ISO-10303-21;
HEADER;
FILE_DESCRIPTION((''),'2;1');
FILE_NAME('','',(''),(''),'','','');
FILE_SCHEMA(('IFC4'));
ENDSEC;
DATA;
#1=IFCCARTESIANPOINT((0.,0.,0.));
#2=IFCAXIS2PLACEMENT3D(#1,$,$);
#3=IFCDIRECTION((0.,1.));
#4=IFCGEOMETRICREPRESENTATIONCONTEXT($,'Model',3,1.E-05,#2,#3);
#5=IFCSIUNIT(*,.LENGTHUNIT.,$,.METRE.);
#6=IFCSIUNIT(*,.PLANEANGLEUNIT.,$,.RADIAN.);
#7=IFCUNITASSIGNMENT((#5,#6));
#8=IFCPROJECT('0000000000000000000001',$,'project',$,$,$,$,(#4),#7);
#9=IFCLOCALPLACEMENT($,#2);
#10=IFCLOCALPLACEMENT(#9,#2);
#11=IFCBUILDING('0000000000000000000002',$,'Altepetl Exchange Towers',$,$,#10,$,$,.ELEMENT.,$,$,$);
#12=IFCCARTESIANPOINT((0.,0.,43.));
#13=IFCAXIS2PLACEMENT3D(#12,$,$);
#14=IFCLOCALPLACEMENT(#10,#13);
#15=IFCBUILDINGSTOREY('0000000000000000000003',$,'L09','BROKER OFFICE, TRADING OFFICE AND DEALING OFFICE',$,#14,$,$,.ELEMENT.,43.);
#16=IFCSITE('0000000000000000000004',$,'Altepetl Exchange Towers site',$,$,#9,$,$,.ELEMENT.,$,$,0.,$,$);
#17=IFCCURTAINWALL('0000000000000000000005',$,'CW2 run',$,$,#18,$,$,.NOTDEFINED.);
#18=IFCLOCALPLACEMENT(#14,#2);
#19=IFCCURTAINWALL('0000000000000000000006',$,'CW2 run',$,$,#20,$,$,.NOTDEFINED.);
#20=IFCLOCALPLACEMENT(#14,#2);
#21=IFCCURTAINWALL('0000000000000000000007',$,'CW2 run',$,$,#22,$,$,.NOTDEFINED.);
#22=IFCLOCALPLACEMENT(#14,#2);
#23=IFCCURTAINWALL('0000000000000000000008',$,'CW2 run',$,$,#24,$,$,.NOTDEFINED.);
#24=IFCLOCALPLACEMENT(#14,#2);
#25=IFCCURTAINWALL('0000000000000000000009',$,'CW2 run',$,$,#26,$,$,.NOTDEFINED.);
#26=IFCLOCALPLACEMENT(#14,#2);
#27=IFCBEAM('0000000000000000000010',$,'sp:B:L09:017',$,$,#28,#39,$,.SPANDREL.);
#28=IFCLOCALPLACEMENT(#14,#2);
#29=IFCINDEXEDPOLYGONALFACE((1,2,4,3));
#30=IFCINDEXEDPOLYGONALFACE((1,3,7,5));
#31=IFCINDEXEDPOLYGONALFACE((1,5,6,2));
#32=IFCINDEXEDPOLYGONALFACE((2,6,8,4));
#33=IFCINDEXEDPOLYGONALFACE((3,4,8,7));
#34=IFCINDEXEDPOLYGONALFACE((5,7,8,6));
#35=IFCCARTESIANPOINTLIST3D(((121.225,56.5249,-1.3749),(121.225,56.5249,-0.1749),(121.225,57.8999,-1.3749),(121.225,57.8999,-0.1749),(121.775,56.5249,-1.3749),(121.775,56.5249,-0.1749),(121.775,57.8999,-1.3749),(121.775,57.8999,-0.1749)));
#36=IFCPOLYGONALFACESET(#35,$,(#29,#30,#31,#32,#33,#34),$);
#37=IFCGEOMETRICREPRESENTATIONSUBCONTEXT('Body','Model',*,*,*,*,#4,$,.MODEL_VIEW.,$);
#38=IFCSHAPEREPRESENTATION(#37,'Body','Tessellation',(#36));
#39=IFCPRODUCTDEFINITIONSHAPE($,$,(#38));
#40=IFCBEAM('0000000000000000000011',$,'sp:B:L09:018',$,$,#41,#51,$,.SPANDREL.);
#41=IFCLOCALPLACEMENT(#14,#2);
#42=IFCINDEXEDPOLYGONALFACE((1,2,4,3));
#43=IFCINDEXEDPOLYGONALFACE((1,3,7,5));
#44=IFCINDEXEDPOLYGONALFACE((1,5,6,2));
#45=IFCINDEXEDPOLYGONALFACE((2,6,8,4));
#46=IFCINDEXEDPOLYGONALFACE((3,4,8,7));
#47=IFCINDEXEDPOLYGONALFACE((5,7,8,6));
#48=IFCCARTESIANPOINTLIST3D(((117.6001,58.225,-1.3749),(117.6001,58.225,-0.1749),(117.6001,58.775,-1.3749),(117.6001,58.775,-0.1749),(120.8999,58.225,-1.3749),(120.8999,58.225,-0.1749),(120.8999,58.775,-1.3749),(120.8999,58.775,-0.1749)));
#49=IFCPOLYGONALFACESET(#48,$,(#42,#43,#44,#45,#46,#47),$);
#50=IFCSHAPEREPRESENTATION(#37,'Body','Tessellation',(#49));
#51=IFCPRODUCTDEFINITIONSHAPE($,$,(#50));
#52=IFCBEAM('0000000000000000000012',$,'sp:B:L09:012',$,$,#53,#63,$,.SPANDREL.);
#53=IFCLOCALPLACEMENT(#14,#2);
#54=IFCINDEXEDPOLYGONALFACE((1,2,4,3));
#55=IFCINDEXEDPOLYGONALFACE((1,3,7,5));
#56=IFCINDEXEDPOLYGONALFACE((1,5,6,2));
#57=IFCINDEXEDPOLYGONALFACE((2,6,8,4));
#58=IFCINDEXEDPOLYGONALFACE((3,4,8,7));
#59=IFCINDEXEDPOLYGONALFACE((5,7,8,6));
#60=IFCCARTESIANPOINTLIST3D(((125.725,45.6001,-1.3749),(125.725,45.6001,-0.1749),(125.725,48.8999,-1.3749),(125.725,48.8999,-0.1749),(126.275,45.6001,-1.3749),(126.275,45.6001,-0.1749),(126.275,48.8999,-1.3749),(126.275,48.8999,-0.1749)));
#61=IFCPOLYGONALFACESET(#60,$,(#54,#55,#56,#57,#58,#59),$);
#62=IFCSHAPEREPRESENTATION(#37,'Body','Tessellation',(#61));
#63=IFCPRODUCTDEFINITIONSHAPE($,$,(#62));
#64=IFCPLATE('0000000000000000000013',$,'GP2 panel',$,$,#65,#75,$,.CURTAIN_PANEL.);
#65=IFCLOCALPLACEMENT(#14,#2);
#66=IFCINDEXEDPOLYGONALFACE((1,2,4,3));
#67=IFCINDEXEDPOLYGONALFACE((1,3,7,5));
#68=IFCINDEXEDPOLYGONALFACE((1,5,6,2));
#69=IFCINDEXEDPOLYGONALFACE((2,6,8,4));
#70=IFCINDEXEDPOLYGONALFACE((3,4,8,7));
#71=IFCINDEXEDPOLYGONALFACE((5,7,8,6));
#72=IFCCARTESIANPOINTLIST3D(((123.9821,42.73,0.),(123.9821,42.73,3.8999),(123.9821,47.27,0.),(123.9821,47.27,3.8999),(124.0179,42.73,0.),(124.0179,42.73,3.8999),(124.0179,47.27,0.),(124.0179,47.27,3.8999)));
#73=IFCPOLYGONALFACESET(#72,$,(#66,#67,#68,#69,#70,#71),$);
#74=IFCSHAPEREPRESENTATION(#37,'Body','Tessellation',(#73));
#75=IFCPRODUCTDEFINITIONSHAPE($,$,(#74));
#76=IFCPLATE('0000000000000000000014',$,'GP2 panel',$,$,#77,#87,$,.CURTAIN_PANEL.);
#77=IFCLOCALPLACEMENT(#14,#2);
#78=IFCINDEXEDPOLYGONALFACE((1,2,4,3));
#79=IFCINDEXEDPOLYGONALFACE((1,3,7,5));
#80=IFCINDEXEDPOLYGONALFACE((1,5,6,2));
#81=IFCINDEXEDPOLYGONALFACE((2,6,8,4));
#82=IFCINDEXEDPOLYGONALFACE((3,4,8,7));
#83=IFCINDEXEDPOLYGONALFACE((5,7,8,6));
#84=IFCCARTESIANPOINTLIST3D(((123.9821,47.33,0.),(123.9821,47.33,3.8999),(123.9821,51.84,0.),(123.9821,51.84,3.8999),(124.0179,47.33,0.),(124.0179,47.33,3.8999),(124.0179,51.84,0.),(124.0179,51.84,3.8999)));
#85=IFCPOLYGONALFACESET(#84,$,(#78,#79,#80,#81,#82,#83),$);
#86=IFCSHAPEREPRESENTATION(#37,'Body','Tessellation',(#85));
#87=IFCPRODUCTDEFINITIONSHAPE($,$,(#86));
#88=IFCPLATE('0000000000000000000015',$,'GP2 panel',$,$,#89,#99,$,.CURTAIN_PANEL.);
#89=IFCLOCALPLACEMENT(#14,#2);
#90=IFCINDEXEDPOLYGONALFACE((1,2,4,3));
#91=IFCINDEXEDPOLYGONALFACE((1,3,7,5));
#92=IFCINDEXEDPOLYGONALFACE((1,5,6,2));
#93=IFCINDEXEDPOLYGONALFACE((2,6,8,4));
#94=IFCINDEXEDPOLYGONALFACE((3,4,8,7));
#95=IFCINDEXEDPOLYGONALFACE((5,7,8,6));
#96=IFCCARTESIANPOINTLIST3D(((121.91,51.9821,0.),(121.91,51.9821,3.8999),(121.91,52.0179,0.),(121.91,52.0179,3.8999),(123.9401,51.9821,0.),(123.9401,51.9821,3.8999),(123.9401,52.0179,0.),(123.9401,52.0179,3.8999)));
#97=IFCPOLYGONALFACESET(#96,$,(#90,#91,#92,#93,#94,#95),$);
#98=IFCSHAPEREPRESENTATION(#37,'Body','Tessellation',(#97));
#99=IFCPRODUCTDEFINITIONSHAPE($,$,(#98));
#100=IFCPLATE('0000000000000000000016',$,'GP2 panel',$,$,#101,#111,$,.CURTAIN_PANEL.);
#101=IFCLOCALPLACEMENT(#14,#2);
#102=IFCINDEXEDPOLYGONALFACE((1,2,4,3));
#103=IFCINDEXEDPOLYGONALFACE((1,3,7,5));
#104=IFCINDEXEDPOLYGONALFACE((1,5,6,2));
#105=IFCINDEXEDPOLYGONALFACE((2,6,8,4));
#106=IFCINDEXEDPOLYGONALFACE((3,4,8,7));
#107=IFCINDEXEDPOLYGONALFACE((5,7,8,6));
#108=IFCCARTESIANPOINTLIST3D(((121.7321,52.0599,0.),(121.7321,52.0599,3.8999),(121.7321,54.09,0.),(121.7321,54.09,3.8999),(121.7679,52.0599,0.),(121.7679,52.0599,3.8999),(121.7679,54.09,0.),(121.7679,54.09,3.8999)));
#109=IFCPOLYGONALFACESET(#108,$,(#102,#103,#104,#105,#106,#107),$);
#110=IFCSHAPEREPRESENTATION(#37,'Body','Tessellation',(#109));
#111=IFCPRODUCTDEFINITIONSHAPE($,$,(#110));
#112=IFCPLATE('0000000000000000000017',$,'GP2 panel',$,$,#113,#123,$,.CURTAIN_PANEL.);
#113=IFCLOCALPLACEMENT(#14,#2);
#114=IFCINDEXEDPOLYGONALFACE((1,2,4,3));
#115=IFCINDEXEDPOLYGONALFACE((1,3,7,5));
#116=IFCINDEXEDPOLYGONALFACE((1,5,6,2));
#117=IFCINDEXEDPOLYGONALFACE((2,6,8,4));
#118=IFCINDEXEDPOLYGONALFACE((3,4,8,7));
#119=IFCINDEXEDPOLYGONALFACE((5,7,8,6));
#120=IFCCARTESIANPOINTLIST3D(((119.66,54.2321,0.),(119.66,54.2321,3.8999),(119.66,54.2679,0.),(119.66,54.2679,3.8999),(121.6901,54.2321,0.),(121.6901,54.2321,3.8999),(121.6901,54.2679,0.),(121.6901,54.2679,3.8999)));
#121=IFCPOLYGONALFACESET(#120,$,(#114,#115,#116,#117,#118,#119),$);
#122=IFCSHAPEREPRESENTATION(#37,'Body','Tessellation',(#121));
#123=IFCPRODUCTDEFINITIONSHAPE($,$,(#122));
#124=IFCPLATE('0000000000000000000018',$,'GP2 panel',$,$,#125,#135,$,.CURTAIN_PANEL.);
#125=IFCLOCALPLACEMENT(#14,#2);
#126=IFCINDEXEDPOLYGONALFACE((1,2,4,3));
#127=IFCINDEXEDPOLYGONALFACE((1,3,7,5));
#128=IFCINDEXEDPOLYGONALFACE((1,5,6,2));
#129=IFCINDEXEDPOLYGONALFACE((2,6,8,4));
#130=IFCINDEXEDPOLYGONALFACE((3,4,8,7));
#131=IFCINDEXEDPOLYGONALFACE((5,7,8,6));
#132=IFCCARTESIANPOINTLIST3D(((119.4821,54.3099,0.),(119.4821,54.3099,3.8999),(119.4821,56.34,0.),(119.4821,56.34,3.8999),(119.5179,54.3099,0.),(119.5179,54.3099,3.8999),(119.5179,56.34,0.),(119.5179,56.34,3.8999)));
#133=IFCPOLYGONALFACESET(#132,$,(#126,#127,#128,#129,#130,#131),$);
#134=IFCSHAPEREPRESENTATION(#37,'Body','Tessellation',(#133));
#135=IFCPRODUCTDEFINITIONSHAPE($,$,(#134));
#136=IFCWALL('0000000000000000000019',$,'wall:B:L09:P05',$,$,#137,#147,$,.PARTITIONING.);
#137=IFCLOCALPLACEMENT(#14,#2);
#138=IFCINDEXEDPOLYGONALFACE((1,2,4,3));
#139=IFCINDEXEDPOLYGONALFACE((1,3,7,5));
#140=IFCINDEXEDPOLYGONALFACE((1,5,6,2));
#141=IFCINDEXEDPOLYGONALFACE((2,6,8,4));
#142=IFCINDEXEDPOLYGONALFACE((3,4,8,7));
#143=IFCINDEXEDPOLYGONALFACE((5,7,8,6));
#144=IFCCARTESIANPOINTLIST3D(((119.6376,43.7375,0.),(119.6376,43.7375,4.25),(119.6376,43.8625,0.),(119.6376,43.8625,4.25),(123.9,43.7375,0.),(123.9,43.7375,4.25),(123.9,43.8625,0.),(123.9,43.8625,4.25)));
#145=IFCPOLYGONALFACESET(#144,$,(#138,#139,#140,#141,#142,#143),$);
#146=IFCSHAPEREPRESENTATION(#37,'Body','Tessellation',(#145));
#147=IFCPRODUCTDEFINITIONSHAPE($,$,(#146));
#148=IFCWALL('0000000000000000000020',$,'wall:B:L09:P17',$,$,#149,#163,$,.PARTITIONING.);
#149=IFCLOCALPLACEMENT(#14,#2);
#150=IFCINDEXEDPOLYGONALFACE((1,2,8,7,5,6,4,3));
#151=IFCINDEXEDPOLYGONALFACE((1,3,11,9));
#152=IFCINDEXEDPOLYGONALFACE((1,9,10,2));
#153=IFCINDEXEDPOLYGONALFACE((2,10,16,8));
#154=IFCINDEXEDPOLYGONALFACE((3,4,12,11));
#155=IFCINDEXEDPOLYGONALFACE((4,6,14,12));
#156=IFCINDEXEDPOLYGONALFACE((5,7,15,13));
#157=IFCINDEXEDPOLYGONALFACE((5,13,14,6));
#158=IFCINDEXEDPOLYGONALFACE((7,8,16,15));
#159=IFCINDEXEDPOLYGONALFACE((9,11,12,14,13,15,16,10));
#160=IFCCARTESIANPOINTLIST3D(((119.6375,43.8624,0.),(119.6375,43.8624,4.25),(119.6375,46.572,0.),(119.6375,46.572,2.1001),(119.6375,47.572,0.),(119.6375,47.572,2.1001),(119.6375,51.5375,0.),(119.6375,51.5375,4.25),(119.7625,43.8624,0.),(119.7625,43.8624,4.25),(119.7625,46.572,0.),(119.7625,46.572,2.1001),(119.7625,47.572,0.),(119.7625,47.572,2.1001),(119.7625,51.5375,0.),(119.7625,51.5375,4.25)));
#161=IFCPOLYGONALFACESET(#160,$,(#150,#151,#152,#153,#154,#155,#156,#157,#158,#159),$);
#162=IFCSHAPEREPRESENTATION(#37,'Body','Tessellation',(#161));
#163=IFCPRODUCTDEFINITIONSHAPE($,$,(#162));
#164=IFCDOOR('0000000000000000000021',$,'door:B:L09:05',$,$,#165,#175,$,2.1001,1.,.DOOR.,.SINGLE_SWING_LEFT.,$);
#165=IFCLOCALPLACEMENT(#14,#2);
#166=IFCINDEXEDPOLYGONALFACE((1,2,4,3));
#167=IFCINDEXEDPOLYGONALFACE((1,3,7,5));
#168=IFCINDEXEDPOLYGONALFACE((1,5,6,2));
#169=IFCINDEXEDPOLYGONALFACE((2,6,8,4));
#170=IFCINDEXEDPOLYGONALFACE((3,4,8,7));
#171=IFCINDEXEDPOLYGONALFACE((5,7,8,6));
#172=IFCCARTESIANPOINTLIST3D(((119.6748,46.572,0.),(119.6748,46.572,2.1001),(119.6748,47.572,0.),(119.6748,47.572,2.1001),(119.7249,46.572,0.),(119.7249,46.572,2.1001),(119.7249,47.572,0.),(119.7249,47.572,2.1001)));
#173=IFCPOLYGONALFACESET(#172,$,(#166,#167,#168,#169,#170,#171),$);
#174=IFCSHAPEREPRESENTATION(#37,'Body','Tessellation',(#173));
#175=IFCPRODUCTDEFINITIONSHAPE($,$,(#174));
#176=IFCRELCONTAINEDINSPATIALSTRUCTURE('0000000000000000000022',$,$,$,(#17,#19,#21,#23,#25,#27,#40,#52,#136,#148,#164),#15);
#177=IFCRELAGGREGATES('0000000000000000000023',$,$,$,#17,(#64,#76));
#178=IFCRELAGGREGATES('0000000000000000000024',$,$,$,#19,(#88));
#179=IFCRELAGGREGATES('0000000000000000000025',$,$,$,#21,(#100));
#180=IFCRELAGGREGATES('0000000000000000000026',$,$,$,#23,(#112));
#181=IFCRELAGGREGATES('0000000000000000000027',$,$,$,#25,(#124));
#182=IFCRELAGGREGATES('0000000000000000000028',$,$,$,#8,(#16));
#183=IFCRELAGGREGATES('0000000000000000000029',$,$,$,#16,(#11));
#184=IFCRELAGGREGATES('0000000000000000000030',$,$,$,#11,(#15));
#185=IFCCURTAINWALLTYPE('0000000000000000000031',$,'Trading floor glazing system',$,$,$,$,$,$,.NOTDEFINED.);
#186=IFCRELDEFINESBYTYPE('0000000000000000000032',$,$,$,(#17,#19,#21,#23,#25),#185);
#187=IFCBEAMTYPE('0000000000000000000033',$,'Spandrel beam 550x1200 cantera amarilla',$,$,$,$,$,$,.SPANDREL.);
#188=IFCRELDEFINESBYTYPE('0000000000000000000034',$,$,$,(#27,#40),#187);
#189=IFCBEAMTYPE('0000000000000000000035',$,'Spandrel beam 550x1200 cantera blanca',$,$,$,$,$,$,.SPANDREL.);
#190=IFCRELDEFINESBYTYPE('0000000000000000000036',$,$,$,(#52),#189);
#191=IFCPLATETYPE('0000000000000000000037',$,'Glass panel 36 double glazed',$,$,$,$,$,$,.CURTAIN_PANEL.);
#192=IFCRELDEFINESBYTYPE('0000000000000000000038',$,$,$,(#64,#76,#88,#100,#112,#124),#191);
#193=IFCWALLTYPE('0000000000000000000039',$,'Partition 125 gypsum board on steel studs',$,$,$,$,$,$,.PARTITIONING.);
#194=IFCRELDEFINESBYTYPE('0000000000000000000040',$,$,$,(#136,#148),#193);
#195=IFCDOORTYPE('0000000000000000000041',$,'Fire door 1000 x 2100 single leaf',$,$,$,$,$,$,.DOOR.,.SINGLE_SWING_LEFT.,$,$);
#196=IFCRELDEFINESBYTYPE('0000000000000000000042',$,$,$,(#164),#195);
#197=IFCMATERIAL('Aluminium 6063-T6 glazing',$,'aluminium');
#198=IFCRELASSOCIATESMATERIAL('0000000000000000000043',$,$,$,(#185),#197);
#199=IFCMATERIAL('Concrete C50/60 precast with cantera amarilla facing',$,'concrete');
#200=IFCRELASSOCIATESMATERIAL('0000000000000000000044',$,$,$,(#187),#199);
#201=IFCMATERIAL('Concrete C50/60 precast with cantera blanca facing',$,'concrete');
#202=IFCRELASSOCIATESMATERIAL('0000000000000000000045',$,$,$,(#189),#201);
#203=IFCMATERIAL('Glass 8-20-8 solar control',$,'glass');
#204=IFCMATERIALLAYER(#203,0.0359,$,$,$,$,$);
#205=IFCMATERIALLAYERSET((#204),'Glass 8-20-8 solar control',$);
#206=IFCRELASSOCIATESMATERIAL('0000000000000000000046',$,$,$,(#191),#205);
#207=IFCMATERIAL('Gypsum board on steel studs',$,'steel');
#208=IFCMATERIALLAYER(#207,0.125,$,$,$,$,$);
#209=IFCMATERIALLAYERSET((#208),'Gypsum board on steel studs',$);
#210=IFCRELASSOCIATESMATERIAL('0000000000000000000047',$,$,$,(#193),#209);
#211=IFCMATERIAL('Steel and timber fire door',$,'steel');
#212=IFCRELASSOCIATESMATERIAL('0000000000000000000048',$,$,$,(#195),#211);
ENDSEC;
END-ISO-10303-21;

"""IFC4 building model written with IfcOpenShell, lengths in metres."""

from ifc_helpers import new_model, si_unit, direction, frame, frame_2d, origin, origin_2d, place, context, subcontext, project, spatial, rectangle, extrude, material, layer, layer_set, material_profile, profile_set, type_object, element, fill, aggregate, save


model = new_model("IFC4")

# Units and contexts
model_context = context("Model", 3, precision=1e-05, world=origin(), true_north=direction((0.0, 1.0)))
body_context = subcontext(model_context, "Body", "Model", "MODEL_VIEW")
ifc_project = project(units=[si_unit("LENGTHUNIT", "METRE"), si_unit("PLANEANGLEUNIT", "RADIAN")], contexts=[model_context])

# Site, building, storey
site_placement = place(None, origin())
site = spatial("IfcSite", under=ifc_project, at=site_placement, Name="Altepetl Exchange Towers site", CompositionType="ELEMENT", RefElevation=0.0)
building_placement = place(site_placement, origin())
building = spatial("IfcBuilding", under=site, at=building_placement, Name="Altepetl Exchange Towers", CompositionType="ELEMENT")
storey_placement = place(building_placement, frame((0.0, 0.0, 43.0)))
storey = spatial("IfcBuildingStorey", under=building, at=storey_placement, Name="L09", Description="BROKER OFFICE, TRADING OFFICE AND DEALING OFFICE", CompositionType="ELEMENT", Elevation=43.0)

# Curtain walls
ifc_material_1 = material(Name="Aluminium 6063-T6 glazing", Category="aluminium")
curtain_wall_type = type_object("IfcCurtainWallType", Name="Trading floor glazing system", PredefinedType="NOTDEFINED", material=ifc_material_1)
curtain_wall_1_placement = place(storey_placement, origin())
curtain_wall_1 = element("IfcCurtainWall", 1, at=curtain_wall_1_placement, inside=storey, type_object=curtain_wall_type, Name="CW2 run", PredefinedType="NOTDEFINED")
curtain_wall_2_placement = place(storey_placement, origin())
curtain_wall_2 = element("IfcCurtainWall", 2, at=curtain_wall_2_placement, inside=storey, type_object=curtain_wall_type, Name="CW2 run", PredefinedType="NOTDEFINED")
curtain_wall_3_placement = place(storey_placement, origin())
curtain_wall_3 = element("IfcCurtainWall", 3, at=curtain_wall_3_placement, inside=storey, type_object=curtain_wall_type, Name="CW2 run", PredefinedType="NOTDEFINED")
curtain_wall_4_placement = place(storey_placement, origin())
curtain_wall_4 = element("IfcCurtainWall", 4, at=curtain_wall_4_placement, inside=storey, type_object=curtain_wall_type, Name="CW2 run", PredefinedType="NOTDEFINED")
curtain_wall_5_placement = place(storey_placement, origin())
curtain_wall_5 = element("IfcCurtainWall", 5, at=curtain_wall_5_placement, inside=storey, type_object=curtain_wall_type, Name="CW2 run", PredefinedType="NOTDEFINED")

# Beams
ifc_material_2 = material(Name="Concrete C50/60 precast with cantera amarilla facing", Category="concrete")
ifc_material_profile_1 = material_profile(ifc_material_2, rectangle(XDim=0.55, YDim=1.2, at=origin_2d()), Name="550 x 1200")
ifc_profile_set_1 = profile_set([ifc_material_profile_1], Name="Concrete C50/60 precast with cantera amarilla facing")
beam_type_1 = type_object("IfcBeamType", Name="Spandrel beam 550x1200 cantera amarilla", PredefinedType="SPANDREL", material=ifc_profile_set_1)
beam_1_placement = place(storey_placement, frame((121.5, 56.5249, -0.7749), z_axis=(0.0, 1.0, 0.0), x_axis=(-1.0, 0.0, 0.0)))
element("IfcBeam", 6, at=beam_1_placement, inside=storey, type_object=beam_type_1, Name="sp:B:L09:017", PredefinedType="SPANDREL", context=body_context, shape_type="SweptSolid", body=[
    extrude(rectangle(XDim=0.55, YDim=1.2, at=origin_2d()), origin(), (0.0, 0.0, 1.0), 1.375),
])
beam_2_placement = place(storey_placement, frame((120.8999, 58.5, -0.7749), z_axis=(-1.0, 0.0, 0.0), x_axis=(0.0, -1.0, 0.0)))
element("IfcBeam", 7, at=beam_2_placement, inside=storey, type_object=beam_type_1, Name="sp:B:L09:018", PredefinedType="SPANDREL", context=body_context, shape_type="SweptSolid", body=[
    extrude(rectangle(XDim=0.55, YDim=1.2, at=origin_2d()), origin(), (0.0, 0.0, 1.0), 3.2998),
])
ifc_material_3 = material(Name="Concrete C50/60 precast with cantera blanca facing", Category="concrete")
ifc_material_profile_2 = material_profile(ifc_material_3, rectangle(XDim=0.55, YDim=1.2, at=origin_2d()), Name="550 x 1200")
ifc_profile_set_2 = profile_set([ifc_material_profile_2], Name="Concrete C50/60 precast with cantera blanca facing")
beam_type_2 = type_object("IfcBeamType", Name="Spandrel beam 550x1200 cantera blanca", PredefinedType="SPANDREL", material=ifc_profile_set_2)
beam_3_placement = place(storey_placement, frame((126.0, 45.6001, -0.7749), z_axis=(0.0, 1.0, 0.0), x_axis=(-1.0, 0.0, 0.0)))
element("IfcBeam", 8, at=beam_3_placement, inside=storey, type_object=beam_type_2, Name="sp:B:L09:012", PredefinedType="SPANDREL", context=body_context, shape_type="SweptSolid", body=[
    extrude(rectangle(XDim=0.55, YDim=1.2, at=origin_2d()), origin(), (0.0, 0.0, 1.0), 3.2998),
])

# Plates
ifc_material_4 = material(Name="Glass 8-20-8 solar control", Category="glass")
ifc_layer_1 = layer(ifc_material_4, 0.0359)
ifc_layer_set_1 = layer_set([ifc_layer_1], Name="Glass 8-20-8 solar control")
plate_type = type_object("IfcPlateType", Name="Glass panel 36 double glazed", PredefinedType="CURTAIN_PANEL", material=ifc_layer_set_1)
plate_1_placement = place(storey_placement, frame((124.0, 45.0, 0.0), z_axis=(0.0, 0.0, 1.0), x_axis=(0.0, 1.0, 0.0)))
plate_1 = element("IfcPlate", 9, at=plate_1_placement, type_object=plate_type, Name="GP2 panel", PredefinedType="CURTAIN_PANEL", context=body_context, shape_type="SweptSolid", body=[
    extrude(rectangle(XDim=4.54, YDim=0.0359, at=origin_2d()), origin(), (0.0, 0.0, 1.0), 3.8999),
])
plate_2_placement = place(storey_placement, frame((124.0, 49.585, 0.0), z_axis=(0.0, 0.0, 1.0), x_axis=(0.0, 1.0, 0.0)))
plate_2 = element("IfcPlate", 10, at=plate_2_placement, type_object=plate_type, Name="GP2 panel", PredefinedType="CURTAIN_PANEL", context=body_context, shape_type="SweptSolid", body=[
    extrude(rectangle(XDim=4.51, YDim=0.0359, at=origin_2d()), origin(), (0.0, 0.0, 1.0), 3.8999),
])
aggregate(curtain_wall_1, [plate_1, plate_2])
plate_3_placement = place(storey_placement, frame((122.925, 52.0, 0.0), z_axis=(0.0, 0.0, 1.0), x_axis=(-1.0, 0.0, 0.0)))
plate_3 = element("IfcPlate", 11, at=plate_3_placement, type_object=plate_type, Name="GP2 panel", PredefinedType="CURTAIN_PANEL", context=body_context, shape_type="SweptSolid", body=[
    extrude(rectangle(XDim=2.03, YDim=0.0359, at=origin_2d()), origin(), (0.0, 0.0, 1.0), 3.8999),
])
aggregate(curtain_wall_2, [plate_3])
plate_4_placement = place(storey_placement, frame((121.75, 53.075, 0.0), z_axis=(0.0, 0.0, 1.0), x_axis=(0.0, 1.0, 0.0)))
plate_4 = element("IfcPlate", 12, at=plate_4_placement, type_object=plate_type, Name="GP2 panel", PredefinedType="CURTAIN_PANEL", context=body_context, shape_type="SweptSolid", body=[
    extrude(rectangle(XDim=2.03, YDim=0.0359, at=origin_2d()), origin(), (0.0, 0.0, 1.0), 3.8999),
])
aggregate(curtain_wall_3, [plate_4])
plate_5_placement = place(storey_placement, frame((120.675, 54.25, 0.0), z_axis=(0.0, 0.0, 1.0), x_axis=(-1.0, 0.0, 0.0)))
plate_5 = element("IfcPlate", 13, at=plate_5_placement, type_object=plate_type, Name="GP2 panel", PredefinedType="CURTAIN_PANEL", context=body_context, shape_type="SweptSolid", body=[
    extrude(rectangle(XDim=2.03, YDim=0.0359, at=origin_2d()), origin(), (0.0, 0.0, 1.0), 3.8999),
])
aggregate(curtain_wall_4, [plate_5])
plate_6_placement = place(storey_placement, frame((119.5, 55.325, 0.0), z_axis=(0.0, 0.0, 1.0), x_axis=(0.0, 1.0, 0.0)))
plate_6 = element("IfcPlate", 14, at=plate_6_placement, type_object=plate_type, Name="GP2 panel", PredefinedType="CURTAIN_PANEL", context=body_context, shape_type="SweptSolid", body=[
    extrude(rectangle(XDim=2.03, YDim=0.0359, at=origin_2d()), origin(), (0.0, 0.0, 1.0), 3.8999),
])
aggregate(curtain_wall_5, [plate_6])

# Wall
ifc_material_5 = material(Name="Gypsum board on steel studs", Category="steel")
ifc_layer_2 = layer(ifc_material_5, 0.125)
ifc_layer_set_2 = layer_set([ifc_layer_2], Name="Gypsum board on steel studs")
wall_type = type_object("IfcWallType", Name="Partition 125 gypsum board on steel studs", PredefinedType="PARTITIONING", material=ifc_layer_set_2)
wall_1_placement = place(storey_placement, frame((119.6375, 43.8, 0.0)))
element("IfcWall", 15, at=wall_1_placement, inside=storey, type_object=wall_type, Name="wall:B:L09:P05", PredefinedType="PARTITIONING", context=body_context, shape_type="SweptSolid", body=[
    extrude(rectangle(XDim=4.2625, YDim=0.125, at=frame_2d((2.1313, 0.0))), origin(), (0.0, 0.0, 1.0), 4.25),
])

# Wall, opening, door
wall_2_placement = place(storey_placement, frame((119.7, 43.8625, 0.0), z_axis=(0.0, 0.0, 1.0), x_axis=(0.0, 1.0, 0.0)))
wall_2 = element("IfcWall", 16, at=wall_2_placement, inside=storey, type_object=wall_type, Name="wall:B:L09:P17", PredefinedType="PARTITIONING", context=body_context, shape_type="SweptSolid", body=[
    extrude(rectangle(XDim=7.675, YDim=0.125, at=frame_2d((3.8374, 0.0))), origin(), (0.0, 0.0, 1.0), 4.25),
])
opening_placement = place(wall_2_placement, frame((2.7095, 0.0, 0.0)))
opening = element("IfcOpeningElement", 17, at=opening_placement, cuts=wall_2, PredefinedType="OPENING", context=body_context, shape_type="SweptSolid", body=[
    extrude(rectangle(XDim=1.0, YDim=2.1001, at=frame_2d((0.5, 1.05))), frame((0.0, 0.0725, 0.0), z_axis=(0.0, -1.0, 0.0), x_axis=(1.0, 0.0, 0.0)), (0.0, 0.0, 1.0), 0.145),
])
ifc_material_6 = material(Name="Steel and timber fire door", Category="steel")
door_type = type_object("IfcDoorType", Name="Fire door 1000 x 2100 single leaf", OperationType="SINGLE_SWING_LEFT", PredefinedType="DOOR", material=ifc_material_6)
door_placement = place(opening_placement, frame((1.0, 0.0, 0.0), x_axis=(-1.0, 0.0, 0.0)))
door = element("IfcDoor", 18, at=door_placement, inside=storey, type_object=door_type, Name="door:B:L09:05", OperationType="SINGLE_SWING_LEFT", OverallHeight=2.1001, OverallWidth=1.0, PredefinedType="DOOR", context=body_context, shape_type="SweptSolid", body=[
    extrude(rectangle(XDim=1.0, YDim=2.1001, at=frame_2d((0.5, 1.05))), frame((0.0, 0.0249, 0.0), z_axis=(0.0, -1.0, 0.0), x_axis=(1.0, 0.0, 0.0)), (0.0, 0.0, 1.0), 0.05),
])
fill(opening, door)

save(model, "model.ifc")
